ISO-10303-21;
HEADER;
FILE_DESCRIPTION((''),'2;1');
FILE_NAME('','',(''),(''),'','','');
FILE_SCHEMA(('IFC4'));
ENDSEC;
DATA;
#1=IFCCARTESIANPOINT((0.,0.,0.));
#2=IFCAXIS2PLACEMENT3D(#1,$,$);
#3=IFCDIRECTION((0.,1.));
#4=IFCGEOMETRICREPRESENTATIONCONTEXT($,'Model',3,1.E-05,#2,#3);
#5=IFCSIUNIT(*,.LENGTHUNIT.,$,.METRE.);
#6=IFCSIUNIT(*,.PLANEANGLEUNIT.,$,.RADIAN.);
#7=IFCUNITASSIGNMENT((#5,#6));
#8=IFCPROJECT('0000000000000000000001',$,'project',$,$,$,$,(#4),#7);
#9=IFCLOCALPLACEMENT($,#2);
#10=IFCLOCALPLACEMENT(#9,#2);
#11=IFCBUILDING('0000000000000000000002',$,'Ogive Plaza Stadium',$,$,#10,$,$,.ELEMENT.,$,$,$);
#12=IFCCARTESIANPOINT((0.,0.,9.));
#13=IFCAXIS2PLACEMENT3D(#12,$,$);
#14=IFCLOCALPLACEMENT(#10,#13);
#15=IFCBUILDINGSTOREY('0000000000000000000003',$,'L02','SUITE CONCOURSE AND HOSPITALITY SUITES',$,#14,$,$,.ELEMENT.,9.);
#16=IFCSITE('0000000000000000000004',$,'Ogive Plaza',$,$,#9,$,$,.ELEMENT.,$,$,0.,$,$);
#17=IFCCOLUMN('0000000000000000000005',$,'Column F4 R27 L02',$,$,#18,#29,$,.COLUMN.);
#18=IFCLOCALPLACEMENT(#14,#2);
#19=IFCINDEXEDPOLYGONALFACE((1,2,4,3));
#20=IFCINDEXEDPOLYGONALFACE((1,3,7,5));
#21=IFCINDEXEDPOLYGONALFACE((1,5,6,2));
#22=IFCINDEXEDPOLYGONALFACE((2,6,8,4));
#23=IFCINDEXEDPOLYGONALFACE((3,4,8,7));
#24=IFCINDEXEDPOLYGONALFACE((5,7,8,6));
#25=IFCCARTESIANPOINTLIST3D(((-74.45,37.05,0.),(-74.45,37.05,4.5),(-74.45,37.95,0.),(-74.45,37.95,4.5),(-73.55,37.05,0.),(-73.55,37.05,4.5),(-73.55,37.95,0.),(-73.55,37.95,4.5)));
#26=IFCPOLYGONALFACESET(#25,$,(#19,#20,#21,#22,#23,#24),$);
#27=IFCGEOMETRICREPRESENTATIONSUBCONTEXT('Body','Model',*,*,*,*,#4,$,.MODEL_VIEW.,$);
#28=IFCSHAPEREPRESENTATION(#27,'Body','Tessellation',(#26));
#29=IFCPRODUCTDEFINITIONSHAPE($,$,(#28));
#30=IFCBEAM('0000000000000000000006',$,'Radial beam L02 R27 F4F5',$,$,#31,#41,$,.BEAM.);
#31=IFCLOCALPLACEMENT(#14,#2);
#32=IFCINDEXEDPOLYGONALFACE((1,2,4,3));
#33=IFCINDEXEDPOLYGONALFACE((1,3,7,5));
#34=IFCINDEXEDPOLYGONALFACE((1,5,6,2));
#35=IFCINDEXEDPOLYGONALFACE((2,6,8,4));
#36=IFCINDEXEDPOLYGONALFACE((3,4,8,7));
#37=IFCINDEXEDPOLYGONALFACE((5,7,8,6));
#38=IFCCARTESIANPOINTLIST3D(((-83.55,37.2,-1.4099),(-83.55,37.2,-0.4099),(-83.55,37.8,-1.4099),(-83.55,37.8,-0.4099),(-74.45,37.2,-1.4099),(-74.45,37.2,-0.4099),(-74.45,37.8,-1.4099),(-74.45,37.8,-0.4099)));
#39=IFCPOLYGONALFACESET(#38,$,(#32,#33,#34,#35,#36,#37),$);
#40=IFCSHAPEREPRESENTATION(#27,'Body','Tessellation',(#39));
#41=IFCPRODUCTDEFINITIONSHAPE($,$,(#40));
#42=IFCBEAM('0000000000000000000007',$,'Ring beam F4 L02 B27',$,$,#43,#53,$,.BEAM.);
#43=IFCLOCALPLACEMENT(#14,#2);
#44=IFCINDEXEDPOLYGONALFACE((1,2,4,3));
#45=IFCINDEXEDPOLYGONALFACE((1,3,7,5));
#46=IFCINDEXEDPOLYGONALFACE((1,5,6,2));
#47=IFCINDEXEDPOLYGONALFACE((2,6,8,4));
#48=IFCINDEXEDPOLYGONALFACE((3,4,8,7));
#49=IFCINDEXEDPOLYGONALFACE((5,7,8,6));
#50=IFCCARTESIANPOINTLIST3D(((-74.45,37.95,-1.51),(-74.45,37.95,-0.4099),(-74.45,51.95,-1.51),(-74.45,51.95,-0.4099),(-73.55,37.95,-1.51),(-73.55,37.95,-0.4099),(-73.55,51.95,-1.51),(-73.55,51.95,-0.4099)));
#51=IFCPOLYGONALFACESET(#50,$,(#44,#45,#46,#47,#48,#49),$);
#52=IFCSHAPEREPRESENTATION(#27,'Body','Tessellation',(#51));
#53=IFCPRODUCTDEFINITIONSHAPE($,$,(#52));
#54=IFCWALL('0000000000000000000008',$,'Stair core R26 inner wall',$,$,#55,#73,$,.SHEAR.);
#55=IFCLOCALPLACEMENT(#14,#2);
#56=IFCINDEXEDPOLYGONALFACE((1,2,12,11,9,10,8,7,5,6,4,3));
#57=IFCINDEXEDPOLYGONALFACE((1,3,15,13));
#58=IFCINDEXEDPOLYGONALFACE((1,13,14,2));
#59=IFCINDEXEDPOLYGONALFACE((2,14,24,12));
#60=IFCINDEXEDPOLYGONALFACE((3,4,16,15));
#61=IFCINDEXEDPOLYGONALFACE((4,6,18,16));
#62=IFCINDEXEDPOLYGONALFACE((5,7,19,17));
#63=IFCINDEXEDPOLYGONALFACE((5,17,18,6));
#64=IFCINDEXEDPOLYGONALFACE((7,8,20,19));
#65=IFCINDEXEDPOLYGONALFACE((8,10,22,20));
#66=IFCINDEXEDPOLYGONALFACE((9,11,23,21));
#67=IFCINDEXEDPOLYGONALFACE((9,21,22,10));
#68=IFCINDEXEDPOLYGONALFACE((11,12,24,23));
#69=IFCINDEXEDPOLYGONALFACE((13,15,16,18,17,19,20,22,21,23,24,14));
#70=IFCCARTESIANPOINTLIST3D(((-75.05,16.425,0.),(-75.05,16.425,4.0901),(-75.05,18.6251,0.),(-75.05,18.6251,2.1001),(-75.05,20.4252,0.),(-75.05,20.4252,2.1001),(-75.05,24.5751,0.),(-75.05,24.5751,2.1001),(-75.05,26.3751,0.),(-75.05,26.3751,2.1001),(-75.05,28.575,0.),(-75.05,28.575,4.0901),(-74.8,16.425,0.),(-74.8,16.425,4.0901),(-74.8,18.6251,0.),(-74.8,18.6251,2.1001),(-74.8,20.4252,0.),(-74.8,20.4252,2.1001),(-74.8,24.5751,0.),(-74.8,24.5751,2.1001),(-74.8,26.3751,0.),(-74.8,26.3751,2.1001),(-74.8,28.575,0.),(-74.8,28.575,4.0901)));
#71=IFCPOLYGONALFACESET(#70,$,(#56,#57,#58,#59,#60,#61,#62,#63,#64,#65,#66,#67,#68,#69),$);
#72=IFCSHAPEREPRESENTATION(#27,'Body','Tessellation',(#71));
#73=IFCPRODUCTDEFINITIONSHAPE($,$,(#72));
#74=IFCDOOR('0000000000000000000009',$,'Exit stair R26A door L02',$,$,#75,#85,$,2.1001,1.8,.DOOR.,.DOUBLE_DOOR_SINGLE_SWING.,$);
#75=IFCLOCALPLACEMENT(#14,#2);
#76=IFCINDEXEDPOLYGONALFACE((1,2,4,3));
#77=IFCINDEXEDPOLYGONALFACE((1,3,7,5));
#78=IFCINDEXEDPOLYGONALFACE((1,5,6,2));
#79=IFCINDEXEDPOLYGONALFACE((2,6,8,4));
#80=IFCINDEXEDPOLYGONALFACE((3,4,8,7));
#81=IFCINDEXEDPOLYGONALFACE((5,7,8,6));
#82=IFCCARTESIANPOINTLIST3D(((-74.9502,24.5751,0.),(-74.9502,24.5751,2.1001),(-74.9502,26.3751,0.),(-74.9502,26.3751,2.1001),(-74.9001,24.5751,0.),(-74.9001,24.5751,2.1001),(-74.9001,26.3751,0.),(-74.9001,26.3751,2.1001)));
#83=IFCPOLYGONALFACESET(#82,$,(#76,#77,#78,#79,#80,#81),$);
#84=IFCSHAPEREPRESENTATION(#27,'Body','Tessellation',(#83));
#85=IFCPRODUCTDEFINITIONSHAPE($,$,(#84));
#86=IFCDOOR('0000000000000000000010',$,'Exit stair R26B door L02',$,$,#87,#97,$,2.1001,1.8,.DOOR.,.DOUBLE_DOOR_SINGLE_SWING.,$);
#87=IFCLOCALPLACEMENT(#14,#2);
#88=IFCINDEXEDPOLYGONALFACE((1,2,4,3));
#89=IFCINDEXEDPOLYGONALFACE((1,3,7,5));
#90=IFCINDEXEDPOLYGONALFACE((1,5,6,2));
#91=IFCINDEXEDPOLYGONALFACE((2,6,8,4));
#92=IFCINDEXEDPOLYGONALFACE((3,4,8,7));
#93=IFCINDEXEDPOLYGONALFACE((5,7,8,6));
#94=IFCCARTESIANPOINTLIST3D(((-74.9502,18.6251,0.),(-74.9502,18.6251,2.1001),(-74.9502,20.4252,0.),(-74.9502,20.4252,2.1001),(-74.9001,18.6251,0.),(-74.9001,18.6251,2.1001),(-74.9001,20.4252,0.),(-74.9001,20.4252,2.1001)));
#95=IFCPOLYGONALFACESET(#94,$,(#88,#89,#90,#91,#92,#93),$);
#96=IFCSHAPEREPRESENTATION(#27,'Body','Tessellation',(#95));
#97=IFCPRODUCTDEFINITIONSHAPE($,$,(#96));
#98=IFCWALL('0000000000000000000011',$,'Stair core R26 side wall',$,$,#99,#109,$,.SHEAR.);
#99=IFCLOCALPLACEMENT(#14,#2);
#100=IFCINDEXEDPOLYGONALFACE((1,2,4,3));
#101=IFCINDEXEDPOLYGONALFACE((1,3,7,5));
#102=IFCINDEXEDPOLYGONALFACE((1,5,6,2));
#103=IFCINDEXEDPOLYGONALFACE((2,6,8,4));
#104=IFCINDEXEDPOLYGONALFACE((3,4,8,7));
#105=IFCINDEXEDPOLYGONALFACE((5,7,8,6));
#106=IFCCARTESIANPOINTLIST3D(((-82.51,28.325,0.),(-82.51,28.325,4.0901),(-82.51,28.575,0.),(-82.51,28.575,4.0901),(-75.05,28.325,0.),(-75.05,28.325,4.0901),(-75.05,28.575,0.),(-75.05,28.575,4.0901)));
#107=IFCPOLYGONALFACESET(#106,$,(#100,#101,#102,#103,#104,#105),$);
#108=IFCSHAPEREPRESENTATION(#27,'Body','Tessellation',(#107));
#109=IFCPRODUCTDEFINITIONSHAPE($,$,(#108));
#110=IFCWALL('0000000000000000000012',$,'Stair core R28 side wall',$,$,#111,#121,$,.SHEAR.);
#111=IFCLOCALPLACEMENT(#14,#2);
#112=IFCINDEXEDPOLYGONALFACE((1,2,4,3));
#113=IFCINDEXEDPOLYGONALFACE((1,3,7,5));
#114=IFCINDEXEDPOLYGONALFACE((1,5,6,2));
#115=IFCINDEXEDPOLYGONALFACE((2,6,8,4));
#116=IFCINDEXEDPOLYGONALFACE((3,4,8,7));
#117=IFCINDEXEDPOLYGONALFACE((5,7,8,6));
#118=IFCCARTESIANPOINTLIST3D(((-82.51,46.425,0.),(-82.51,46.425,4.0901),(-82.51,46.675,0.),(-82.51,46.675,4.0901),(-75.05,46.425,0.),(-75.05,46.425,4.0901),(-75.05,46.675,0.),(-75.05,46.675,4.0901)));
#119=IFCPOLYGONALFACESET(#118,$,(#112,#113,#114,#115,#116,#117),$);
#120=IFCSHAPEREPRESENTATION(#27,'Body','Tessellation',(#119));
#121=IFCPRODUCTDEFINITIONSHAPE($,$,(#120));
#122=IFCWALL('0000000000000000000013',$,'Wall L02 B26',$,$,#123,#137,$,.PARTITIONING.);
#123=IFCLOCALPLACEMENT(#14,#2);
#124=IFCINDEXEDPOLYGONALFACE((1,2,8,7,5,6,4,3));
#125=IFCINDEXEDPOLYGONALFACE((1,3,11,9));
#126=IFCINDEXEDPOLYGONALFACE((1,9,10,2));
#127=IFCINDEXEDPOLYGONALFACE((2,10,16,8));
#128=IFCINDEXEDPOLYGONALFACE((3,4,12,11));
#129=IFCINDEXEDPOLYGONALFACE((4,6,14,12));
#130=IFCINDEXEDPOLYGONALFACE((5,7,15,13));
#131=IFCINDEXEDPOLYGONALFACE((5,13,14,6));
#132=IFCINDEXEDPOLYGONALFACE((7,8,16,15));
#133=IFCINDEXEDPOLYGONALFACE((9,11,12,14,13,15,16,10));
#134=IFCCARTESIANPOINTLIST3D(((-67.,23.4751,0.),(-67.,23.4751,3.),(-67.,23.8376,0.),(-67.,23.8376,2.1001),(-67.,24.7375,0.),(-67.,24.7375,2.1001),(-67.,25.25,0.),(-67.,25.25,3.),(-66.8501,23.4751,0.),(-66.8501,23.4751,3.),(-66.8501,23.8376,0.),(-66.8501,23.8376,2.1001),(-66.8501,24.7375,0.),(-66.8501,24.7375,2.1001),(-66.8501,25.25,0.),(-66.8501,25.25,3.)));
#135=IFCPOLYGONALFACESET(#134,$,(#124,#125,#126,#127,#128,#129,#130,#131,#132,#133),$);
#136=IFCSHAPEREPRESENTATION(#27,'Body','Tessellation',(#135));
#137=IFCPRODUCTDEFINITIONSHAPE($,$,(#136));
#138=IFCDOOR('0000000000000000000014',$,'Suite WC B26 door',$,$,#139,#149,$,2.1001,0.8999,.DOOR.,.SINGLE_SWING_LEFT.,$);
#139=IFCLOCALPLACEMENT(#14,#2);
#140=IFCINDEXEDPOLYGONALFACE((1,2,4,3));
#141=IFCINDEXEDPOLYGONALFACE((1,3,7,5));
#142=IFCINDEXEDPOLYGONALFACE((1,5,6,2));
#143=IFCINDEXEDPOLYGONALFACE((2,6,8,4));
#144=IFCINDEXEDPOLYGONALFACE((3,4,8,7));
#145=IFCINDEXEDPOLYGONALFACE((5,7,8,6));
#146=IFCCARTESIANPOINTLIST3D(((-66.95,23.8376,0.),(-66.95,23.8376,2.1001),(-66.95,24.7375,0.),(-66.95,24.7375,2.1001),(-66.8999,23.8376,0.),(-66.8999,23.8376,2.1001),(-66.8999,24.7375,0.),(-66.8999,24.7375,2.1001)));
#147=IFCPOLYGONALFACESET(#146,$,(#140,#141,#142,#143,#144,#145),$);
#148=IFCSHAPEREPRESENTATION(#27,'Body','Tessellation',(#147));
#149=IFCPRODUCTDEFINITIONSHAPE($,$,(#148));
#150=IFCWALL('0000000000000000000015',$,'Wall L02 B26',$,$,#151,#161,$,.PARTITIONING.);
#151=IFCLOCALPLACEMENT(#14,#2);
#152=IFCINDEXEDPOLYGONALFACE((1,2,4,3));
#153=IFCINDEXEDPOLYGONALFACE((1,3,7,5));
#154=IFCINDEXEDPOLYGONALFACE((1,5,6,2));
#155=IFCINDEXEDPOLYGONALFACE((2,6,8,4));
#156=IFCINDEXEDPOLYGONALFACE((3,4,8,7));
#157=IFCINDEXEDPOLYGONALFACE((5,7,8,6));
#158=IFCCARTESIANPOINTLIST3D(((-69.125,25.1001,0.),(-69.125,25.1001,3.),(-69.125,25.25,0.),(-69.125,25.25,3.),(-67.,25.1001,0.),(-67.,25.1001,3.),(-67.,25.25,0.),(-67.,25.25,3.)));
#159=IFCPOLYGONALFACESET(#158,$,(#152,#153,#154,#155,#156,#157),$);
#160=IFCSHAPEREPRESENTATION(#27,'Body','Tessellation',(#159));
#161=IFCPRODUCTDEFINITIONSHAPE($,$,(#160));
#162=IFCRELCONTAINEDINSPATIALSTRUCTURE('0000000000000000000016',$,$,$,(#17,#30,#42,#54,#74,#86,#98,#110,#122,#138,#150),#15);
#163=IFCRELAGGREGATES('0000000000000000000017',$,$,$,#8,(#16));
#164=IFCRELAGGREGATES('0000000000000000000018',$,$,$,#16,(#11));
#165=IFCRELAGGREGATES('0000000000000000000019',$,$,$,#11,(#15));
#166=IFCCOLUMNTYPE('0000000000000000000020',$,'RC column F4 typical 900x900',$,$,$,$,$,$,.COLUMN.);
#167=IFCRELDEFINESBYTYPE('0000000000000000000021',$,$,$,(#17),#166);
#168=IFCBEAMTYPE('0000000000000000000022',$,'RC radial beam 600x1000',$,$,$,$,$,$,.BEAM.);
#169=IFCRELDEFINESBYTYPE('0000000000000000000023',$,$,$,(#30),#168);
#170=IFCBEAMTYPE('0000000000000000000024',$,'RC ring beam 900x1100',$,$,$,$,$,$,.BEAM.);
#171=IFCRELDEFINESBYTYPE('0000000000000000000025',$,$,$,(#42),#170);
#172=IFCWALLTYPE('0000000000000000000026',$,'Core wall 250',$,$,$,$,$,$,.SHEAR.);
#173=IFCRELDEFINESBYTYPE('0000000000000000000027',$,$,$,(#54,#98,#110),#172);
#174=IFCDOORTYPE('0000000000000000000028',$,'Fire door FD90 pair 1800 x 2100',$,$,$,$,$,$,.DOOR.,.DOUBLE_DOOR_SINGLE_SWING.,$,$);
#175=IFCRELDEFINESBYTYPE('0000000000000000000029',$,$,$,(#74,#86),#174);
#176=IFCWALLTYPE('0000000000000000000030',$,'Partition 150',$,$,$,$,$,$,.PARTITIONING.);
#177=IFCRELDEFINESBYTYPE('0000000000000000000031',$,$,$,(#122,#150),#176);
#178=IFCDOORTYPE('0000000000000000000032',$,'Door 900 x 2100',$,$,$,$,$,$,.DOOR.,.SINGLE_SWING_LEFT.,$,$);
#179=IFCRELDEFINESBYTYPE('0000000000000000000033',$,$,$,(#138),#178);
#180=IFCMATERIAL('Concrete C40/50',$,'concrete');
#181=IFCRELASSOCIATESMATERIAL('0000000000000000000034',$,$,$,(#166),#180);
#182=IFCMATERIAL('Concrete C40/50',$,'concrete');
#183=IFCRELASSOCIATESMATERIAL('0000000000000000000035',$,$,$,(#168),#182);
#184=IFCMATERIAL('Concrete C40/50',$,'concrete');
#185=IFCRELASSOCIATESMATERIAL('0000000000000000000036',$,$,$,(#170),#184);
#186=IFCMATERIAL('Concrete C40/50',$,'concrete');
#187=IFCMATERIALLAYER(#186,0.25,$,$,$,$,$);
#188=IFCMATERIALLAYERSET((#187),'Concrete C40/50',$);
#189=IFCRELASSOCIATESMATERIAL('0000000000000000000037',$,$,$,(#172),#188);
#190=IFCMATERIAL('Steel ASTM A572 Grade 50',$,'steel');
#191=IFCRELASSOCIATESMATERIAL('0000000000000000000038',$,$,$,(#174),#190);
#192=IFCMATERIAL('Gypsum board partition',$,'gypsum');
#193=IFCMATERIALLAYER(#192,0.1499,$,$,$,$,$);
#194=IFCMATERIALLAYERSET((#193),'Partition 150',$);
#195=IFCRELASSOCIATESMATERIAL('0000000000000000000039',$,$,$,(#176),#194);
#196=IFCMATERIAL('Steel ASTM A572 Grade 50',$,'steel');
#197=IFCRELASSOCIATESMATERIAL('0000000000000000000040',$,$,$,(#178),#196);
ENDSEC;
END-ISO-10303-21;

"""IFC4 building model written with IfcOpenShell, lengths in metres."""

from ifc_helpers import new_model, si_unit, direction, frame, frame_2d, origin, origin_2d, place, context, subcontext, project, spatial, rectangle, extrude, material, layer, layer_set, material_profile, profile_set, type_object, element, fill, save


model = new_model("IFC4")

# Units and contexts
model_context = context("Model", 3, precision=1e-05, world=origin(), true_north=direction((0.0, 1.0)))
body_context = subcontext(model_context, "Body", "Model", "MODEL_VIEW")
ifc_project = project(units=[si_unit("LENGTHUNIT", "METRE"), si_unit("PLANEANGLEUNIT", "RADIAN")], contexts=[model_context])

# Site, building, storey
site_placement = place(None, origin())
site = spatial("IfcSite", under=ifc_project, at=site_placement, Name="Ogive Plaza", CompositionType="ELEMENT", RefElevation=0.0)
building_placement = place(site_placement, origin())
building = spatial("IfcBuilding", under=site, at=building_placement, Name="Ogive Plaza Stadium", CompositionType="ELEMENT")
storey_placement = place(building_placement, frame((0.0, 0.0, 9.0)))
storey = spatial("IfcBuildingStorey", under=building, at=storey_placement, Name="L02", Description="SUITE CONCOURSE AND HOSPITALITY SUITES", CompositionType="ELEMENT", Elevation=9.0)

# Column
ifc_material_1 = material(Name="Concrete C40/50", Category="concrete")
ifc_material_profile_1 = material_profile(ifc_material_1, rectangle(XDim=0.8999, YDim=0.8999, at=origin_2d()), Name="RC 900x900")
ifc_profile_set_1 = profile_set([ifc_material_profile_1], Name="Concrete C40/50")
column_type = type_object("IfcColumnType", Name="RC column F4 typical 900x900", PredefinedType="COLUMN", material=ifc_profile_set_1)
column_placement = place(storey_placement, frame((-74.0, 37.5, 0.0), z_axis=(0.0, 0.0, 1.0), x_axis=(0.0, -1.0, 0.0)))
element("IfcColumn", 1, at=column_placement, inside=storey, type_object=column_type, Name="Column F4 R27 L02", PredefinedType="COLUMN", context=body_context, shape_type="SweptSolid", body=[
    extrude(rectangle(XDim=0.8999, YDim=0.8999, at=origin_2d()), origin(), (0.0, 0.0, 1.0), 4.5),
])

# Beams
ifc_material_2 = material(Name="Concrete C40/50", Category="concrete")
ifc_material_profile_2 = material_profile(ifc_material_2, rectangle(XDim=0.6001, YDim=1.0, at=origin_2d()), Name="RC 600x1000")
ifc_profile_set_2 = profile_set([ifc_material_profile_2], Name="Concrete C40/50")
beam_type_1 = type_object("IfcBeamType", Name="RC radial beam 600x1000", PredefinedType="BEAM", material=ifc_profile_set_2)
beam_1_placement = place(storey_placement, frame((-74.45, 37.5, -0.9099), z_axis=(-1.0, 0.0, 0.0), x_axis=(0.0, -1.0, 0.0)))
element("IfcBeam", 2, at=beam_1_placement, inside=storey, type_object=beam_type_1, Name="Radial beam L02 R27 F4F5", PredefinedType="BEAM", context=body_context, shape_type="SweptSolid", body=[
    extrude(rectangle(XDim=0.6001, YDim=1.0, at=origin_2d()), origin(), (0.0, 0.0, 1.0), 9.1001),
])
ifc_material_3 = material(Name="Concrete C40/50", Category="concrete")
ifc_material_profile_3 = material_profile(ifc_material_3, rectangle(XDim=0.8999, YDim=1.1001, at=origin_2d()), Name="RC 900x1100")
ifc_profile_set_3 = profile_set([ifc_material_profile_3], Name="Concrete C40/50")
beam_type_2 = type_object("IfcBeamType", Name="RC ring beam 900x1100", PredefinedType="BEAM", material=ifc_profile_set_3)
beam_2_placement = place(storey_placement, frame((-74.0, 37.95, -0.96), z_axis=(0.0, 1.0, 0.0), x_axis=(-1.0, 0.0, 0.0)))
element("IfcBeam", 3, at=beam_2_placement, inside=storey, type_object=beam_type_2, Name="Ring beam F4 L02 B27", PredefinedType="BEAM", context=body_context, shape_type="SweptSolid", body=[
    extrude(rectangle(XDim=0.8999, YDim=1.1001, at=origin_2d()), origin(), (0.0, 0.0, 1.0), 14.0),
])

# Wall, openings, doors
ifc_material_4 = material(Name="Concrete C40/50", Category="concrete")
ifc_layer_1 = layer(ifc_material_4, 0.25)
ifc_layer_set_1 = layer_set([ifc_layer_1], Name="Concrete C40/50")
wall_type_1 = type_object("IfcWallType", Name="Core wall 250", PredefinedType="SHEAR", material=ifc_layer_set_1)
wall_1_placement = place(storey_placement, frame((-74.925, 28.575, 0.0), z_axis=(0.0, 0.0, 1.0), x_axis=(0.0, -1.0, 0.0)))
wall_1 = element("IfcWall", 4, at=wall_1_placement, inside=storey, type_object=wall_type_1, Name="Stair core R26 inner wall", PredefinedType="SHEAR", context=body_context, shape_type="SweptSolid", body=[
    extrude(rectangle(XDim=12.1499, YDim=0.25, at=frame_2d((6.075, 0.0))), origin(), (0.0, 0.0, 1.0), 4.0901),
])
opening_1_placement = place(wall_1_placement, frame((2.2, 0.0, 0.0)))
opening_1 = element("IfcOpeningElement", 5, at=opening_1_placement, cuts=wall_1, PredefinedType="OPENING", context=body_context, shape_type="SweptSolid", body=[
    extrude(rectangle(XDim=1.8, YDim=2.1001, at=frame_2d((0.8999, 1.05))), frame((0.0, 0.125, 0.0), z_axis=(0.0, -1.0, 0.0), x_axis=(1.0, 0.0, 0.0)), (0.0, 0.0, 1.0), 0.25),
])
opening_2_placement = place(wall_1_placement, frame((8.1499, 0.0, 0.0)))
opening_2 = element("IfcOpeningElement", 6, at=opening_2_placement, cuts=wall_1, PredefinedType="OPENING", context=body_context, shape_type="SweptSolid", body=[
    extrude(rectangle(XDim=1.8, YDim=2.1001, at=frame_2d((0.8999, 1.05))), frame((0.0, 0.125, 0.0), z_axis=(0.0, -1.0, 0.0), x_axis=(1.0, 0.0, 0.0)), (0.0, 0.0, 1.0), 0.25),
])
ifc_material_5 = material(Name="Steel ASTM A572 Grade 50", Category="steel")
door_type_1 = type_object("IfcDoorType", Name="Fire door FD90 pair 1800 x 2100", OperationType="DOUBLE_DOOR_SINGLE_SWING", PredefinedType="DOOR", material=ifc_material_5)
door_1_placement = place(opening_1_placement, origin())
door_1 = element("IfcDoor", 7, at=door_1_placement, inside=storey, type_object=door_type_1, Name="Exit stair R26A door L02", OperationType="DOUBLE_DOOR_SINGLE_SWING", OverallHeight=2.1001, OverallWidth=1.8, PredefinedType="DOOR", context=body_context, shape_type="SweptSolid", body=[
    extrude(rectangle(XDim=1.8, YDim=2.1001, at=frame_2d((0.8999, 1.05))), frame((0.0, 0.0249, 0.0), z_axis=(0.0, -1.0, 0.0), x_axis=(1.0, 0.0, 0.0)), (0.0, 0.0, 1.0), 0.05),
])
fill(opening_1, door_1)
door_2_placement = place(opening_2_placement, origin())
door_2 = element("IfcDoor", 8, at=door_2_placement, inside=storey, type_object=door_type_1, Name="Exit stair R26B door L02", OperationType="DOUBLE_DOOR_SINGLE_SWING", OverallHeight=2.1001, OverallWidth=1.8, PredefinedType="DOOR", context=body_context, shape_type="SweptSolid", body=[
    extrude(rectangle(XDim=1.8, YDim=2.1001, at=frame_2d((0.8999, 1.05))), frame((0.0, 0.0249, 0.0), z_axis=(0.0, -1.0, 0.0), x_axis=(1.0, 0.0, 0.0)), (0.0, 0.0, 1.0), 0.05),
])
fill(opening_2, door_2)

# Walls
for number, where, z_axis, x_axis, name in (
    (9, (-75.05, 28.45, 0.0), (0.0, 0.0, 1.0), (-1.0, 0.0, 0.0), "Stair core R26 side wall"),
    (10, (-75.05, 46.55, 0.0), (0.0, 0.0, 1.0), (-1.0, 0.0, 0.0), "Stair core R28 side wall"),
):
    element("IfcWall", number, at=place(storey_placement, frame(where, z_axis=z_axis, x_axis=x_axis)), inside=storey, type_object=wall_type_1, Name=name, PredefinedType="SHEAR", context=body_context, shape_type="SweptSolid", body=[
        extrude(rectangle(XDim=7.46, YDim=0.25, at=frame_2d((3.73, 0.0))), origin(), (0.0, 0.0, 1.0), 4.0901),
    ])

# Wall, opening, door
ifc_material_6 = material(Name="Gypsum board partition", Category="gypsum")
ifc_layer_2 = layer(ifc_material_6, 0.1499)
ifc_layer_set_2 = layer_set([ifc_layer_2], Name="Partition 150")
wall_type_2 = type_object("IfcWallType", Name="Partition 150", PredefinedType="PARTITIONING", material=ifc_layer_set_2)
wall_2_placement = place(storey_placement, frame((-66.925, 23.4751, 0.0), z_axis=(0.0, 0.0, 1.0), x_axis=(0.0, 1.0, 0.0)))
wall_2 = element("IfcWall", 11, at=wall_2_placement, inside=storey, type_object=wall_type_2, Name="Wall L02 B26", PredefinedType="PARTITIONING", context=body_context, shape_type="SweptSolid", body=[
    extrude(rectangle(XDim=1.7749, YDim=0.1499, at=frame_2d((0.8875, 0.0))), origin(), (0.0, 0.0, 1.0), 3.0),
])
opening_3_placement = place(wall_2_placement, frame((0.3625, 0.0, 0.0)))
opening_3 = element("IfcOpeningElement", 12, at=opening_3_placement, cuts=wall_2, PredefinedType="OPENING", context=body_context, shape_type="SweptSolid", body=[
    extrude(rectangle(XDim=0.8999, YDim=2.1001, at=frame_2d((0.45, 1.05))), frame((0.0, 0.075, 0.0), z_axis=(0.0, -1.0, 0.0), x_axis=(1.0, 0.0, 0.0)), (0.0, 0.0, 1.0), 0.1499),
])
ifc_material_7 = material(Name="Steel ASTM A572 Grade 50", Category="steel")
door_type_2 = type_object("IfcDoorType", Name="Door 900 x 2100", OperationType="SINGLE_SWING_LEFT", PredefinedType="DOOR", material=ifc_material_7)
door_3_placement = place(opening_3_placement, origin())
door_3 = element("IfcDoor", 13, at=door_3_placement, inside=storey, type_object=door_type_2, Name="Suite WC B26 door", OperationType="SINGLE_SWING_LEFT", OverallHeight=2.1001, OverallWidth=0.8999, PredefinedType="DOOR", context=body_context, shape_type="SweptSolid", body=[
    extrude(rectangle(XDim=0.8999, YDim=2.1001, at=frame_2d((0.45, 1.05))), frame((0.0, 0.0249, 0.0), z_axis=(0.0, -1.0, 0.0), x_axis=(1.0, 0.0, 0.0)), (0.0, 0.0, 1.0), 0.05),
])
fill(opening_3, door_3)

# Wall
wall_3_placement = place(storey_placement, frame((-67.0, 25.175, 0.0), z_axis=(0.0, 0.0, 1.0), x_axis=(-1.0, 0.0, 0.0)))
element("IfcWall", 14, at=wall_3_placement, inside=storey, type_object=wall_type_2, Name="Wall L02 B26", PredefinedType="PARTITIONING", context=body_context, shape_type="SweptSolid", body=[
    extrude(rectangle(XDim=2.125, YDim=0.1499, at=frame_2d((1.0625, 0.0))), origin(), (0.0, 0.0, 1.0), 3.0),
])

save(model, "model.ifc")
